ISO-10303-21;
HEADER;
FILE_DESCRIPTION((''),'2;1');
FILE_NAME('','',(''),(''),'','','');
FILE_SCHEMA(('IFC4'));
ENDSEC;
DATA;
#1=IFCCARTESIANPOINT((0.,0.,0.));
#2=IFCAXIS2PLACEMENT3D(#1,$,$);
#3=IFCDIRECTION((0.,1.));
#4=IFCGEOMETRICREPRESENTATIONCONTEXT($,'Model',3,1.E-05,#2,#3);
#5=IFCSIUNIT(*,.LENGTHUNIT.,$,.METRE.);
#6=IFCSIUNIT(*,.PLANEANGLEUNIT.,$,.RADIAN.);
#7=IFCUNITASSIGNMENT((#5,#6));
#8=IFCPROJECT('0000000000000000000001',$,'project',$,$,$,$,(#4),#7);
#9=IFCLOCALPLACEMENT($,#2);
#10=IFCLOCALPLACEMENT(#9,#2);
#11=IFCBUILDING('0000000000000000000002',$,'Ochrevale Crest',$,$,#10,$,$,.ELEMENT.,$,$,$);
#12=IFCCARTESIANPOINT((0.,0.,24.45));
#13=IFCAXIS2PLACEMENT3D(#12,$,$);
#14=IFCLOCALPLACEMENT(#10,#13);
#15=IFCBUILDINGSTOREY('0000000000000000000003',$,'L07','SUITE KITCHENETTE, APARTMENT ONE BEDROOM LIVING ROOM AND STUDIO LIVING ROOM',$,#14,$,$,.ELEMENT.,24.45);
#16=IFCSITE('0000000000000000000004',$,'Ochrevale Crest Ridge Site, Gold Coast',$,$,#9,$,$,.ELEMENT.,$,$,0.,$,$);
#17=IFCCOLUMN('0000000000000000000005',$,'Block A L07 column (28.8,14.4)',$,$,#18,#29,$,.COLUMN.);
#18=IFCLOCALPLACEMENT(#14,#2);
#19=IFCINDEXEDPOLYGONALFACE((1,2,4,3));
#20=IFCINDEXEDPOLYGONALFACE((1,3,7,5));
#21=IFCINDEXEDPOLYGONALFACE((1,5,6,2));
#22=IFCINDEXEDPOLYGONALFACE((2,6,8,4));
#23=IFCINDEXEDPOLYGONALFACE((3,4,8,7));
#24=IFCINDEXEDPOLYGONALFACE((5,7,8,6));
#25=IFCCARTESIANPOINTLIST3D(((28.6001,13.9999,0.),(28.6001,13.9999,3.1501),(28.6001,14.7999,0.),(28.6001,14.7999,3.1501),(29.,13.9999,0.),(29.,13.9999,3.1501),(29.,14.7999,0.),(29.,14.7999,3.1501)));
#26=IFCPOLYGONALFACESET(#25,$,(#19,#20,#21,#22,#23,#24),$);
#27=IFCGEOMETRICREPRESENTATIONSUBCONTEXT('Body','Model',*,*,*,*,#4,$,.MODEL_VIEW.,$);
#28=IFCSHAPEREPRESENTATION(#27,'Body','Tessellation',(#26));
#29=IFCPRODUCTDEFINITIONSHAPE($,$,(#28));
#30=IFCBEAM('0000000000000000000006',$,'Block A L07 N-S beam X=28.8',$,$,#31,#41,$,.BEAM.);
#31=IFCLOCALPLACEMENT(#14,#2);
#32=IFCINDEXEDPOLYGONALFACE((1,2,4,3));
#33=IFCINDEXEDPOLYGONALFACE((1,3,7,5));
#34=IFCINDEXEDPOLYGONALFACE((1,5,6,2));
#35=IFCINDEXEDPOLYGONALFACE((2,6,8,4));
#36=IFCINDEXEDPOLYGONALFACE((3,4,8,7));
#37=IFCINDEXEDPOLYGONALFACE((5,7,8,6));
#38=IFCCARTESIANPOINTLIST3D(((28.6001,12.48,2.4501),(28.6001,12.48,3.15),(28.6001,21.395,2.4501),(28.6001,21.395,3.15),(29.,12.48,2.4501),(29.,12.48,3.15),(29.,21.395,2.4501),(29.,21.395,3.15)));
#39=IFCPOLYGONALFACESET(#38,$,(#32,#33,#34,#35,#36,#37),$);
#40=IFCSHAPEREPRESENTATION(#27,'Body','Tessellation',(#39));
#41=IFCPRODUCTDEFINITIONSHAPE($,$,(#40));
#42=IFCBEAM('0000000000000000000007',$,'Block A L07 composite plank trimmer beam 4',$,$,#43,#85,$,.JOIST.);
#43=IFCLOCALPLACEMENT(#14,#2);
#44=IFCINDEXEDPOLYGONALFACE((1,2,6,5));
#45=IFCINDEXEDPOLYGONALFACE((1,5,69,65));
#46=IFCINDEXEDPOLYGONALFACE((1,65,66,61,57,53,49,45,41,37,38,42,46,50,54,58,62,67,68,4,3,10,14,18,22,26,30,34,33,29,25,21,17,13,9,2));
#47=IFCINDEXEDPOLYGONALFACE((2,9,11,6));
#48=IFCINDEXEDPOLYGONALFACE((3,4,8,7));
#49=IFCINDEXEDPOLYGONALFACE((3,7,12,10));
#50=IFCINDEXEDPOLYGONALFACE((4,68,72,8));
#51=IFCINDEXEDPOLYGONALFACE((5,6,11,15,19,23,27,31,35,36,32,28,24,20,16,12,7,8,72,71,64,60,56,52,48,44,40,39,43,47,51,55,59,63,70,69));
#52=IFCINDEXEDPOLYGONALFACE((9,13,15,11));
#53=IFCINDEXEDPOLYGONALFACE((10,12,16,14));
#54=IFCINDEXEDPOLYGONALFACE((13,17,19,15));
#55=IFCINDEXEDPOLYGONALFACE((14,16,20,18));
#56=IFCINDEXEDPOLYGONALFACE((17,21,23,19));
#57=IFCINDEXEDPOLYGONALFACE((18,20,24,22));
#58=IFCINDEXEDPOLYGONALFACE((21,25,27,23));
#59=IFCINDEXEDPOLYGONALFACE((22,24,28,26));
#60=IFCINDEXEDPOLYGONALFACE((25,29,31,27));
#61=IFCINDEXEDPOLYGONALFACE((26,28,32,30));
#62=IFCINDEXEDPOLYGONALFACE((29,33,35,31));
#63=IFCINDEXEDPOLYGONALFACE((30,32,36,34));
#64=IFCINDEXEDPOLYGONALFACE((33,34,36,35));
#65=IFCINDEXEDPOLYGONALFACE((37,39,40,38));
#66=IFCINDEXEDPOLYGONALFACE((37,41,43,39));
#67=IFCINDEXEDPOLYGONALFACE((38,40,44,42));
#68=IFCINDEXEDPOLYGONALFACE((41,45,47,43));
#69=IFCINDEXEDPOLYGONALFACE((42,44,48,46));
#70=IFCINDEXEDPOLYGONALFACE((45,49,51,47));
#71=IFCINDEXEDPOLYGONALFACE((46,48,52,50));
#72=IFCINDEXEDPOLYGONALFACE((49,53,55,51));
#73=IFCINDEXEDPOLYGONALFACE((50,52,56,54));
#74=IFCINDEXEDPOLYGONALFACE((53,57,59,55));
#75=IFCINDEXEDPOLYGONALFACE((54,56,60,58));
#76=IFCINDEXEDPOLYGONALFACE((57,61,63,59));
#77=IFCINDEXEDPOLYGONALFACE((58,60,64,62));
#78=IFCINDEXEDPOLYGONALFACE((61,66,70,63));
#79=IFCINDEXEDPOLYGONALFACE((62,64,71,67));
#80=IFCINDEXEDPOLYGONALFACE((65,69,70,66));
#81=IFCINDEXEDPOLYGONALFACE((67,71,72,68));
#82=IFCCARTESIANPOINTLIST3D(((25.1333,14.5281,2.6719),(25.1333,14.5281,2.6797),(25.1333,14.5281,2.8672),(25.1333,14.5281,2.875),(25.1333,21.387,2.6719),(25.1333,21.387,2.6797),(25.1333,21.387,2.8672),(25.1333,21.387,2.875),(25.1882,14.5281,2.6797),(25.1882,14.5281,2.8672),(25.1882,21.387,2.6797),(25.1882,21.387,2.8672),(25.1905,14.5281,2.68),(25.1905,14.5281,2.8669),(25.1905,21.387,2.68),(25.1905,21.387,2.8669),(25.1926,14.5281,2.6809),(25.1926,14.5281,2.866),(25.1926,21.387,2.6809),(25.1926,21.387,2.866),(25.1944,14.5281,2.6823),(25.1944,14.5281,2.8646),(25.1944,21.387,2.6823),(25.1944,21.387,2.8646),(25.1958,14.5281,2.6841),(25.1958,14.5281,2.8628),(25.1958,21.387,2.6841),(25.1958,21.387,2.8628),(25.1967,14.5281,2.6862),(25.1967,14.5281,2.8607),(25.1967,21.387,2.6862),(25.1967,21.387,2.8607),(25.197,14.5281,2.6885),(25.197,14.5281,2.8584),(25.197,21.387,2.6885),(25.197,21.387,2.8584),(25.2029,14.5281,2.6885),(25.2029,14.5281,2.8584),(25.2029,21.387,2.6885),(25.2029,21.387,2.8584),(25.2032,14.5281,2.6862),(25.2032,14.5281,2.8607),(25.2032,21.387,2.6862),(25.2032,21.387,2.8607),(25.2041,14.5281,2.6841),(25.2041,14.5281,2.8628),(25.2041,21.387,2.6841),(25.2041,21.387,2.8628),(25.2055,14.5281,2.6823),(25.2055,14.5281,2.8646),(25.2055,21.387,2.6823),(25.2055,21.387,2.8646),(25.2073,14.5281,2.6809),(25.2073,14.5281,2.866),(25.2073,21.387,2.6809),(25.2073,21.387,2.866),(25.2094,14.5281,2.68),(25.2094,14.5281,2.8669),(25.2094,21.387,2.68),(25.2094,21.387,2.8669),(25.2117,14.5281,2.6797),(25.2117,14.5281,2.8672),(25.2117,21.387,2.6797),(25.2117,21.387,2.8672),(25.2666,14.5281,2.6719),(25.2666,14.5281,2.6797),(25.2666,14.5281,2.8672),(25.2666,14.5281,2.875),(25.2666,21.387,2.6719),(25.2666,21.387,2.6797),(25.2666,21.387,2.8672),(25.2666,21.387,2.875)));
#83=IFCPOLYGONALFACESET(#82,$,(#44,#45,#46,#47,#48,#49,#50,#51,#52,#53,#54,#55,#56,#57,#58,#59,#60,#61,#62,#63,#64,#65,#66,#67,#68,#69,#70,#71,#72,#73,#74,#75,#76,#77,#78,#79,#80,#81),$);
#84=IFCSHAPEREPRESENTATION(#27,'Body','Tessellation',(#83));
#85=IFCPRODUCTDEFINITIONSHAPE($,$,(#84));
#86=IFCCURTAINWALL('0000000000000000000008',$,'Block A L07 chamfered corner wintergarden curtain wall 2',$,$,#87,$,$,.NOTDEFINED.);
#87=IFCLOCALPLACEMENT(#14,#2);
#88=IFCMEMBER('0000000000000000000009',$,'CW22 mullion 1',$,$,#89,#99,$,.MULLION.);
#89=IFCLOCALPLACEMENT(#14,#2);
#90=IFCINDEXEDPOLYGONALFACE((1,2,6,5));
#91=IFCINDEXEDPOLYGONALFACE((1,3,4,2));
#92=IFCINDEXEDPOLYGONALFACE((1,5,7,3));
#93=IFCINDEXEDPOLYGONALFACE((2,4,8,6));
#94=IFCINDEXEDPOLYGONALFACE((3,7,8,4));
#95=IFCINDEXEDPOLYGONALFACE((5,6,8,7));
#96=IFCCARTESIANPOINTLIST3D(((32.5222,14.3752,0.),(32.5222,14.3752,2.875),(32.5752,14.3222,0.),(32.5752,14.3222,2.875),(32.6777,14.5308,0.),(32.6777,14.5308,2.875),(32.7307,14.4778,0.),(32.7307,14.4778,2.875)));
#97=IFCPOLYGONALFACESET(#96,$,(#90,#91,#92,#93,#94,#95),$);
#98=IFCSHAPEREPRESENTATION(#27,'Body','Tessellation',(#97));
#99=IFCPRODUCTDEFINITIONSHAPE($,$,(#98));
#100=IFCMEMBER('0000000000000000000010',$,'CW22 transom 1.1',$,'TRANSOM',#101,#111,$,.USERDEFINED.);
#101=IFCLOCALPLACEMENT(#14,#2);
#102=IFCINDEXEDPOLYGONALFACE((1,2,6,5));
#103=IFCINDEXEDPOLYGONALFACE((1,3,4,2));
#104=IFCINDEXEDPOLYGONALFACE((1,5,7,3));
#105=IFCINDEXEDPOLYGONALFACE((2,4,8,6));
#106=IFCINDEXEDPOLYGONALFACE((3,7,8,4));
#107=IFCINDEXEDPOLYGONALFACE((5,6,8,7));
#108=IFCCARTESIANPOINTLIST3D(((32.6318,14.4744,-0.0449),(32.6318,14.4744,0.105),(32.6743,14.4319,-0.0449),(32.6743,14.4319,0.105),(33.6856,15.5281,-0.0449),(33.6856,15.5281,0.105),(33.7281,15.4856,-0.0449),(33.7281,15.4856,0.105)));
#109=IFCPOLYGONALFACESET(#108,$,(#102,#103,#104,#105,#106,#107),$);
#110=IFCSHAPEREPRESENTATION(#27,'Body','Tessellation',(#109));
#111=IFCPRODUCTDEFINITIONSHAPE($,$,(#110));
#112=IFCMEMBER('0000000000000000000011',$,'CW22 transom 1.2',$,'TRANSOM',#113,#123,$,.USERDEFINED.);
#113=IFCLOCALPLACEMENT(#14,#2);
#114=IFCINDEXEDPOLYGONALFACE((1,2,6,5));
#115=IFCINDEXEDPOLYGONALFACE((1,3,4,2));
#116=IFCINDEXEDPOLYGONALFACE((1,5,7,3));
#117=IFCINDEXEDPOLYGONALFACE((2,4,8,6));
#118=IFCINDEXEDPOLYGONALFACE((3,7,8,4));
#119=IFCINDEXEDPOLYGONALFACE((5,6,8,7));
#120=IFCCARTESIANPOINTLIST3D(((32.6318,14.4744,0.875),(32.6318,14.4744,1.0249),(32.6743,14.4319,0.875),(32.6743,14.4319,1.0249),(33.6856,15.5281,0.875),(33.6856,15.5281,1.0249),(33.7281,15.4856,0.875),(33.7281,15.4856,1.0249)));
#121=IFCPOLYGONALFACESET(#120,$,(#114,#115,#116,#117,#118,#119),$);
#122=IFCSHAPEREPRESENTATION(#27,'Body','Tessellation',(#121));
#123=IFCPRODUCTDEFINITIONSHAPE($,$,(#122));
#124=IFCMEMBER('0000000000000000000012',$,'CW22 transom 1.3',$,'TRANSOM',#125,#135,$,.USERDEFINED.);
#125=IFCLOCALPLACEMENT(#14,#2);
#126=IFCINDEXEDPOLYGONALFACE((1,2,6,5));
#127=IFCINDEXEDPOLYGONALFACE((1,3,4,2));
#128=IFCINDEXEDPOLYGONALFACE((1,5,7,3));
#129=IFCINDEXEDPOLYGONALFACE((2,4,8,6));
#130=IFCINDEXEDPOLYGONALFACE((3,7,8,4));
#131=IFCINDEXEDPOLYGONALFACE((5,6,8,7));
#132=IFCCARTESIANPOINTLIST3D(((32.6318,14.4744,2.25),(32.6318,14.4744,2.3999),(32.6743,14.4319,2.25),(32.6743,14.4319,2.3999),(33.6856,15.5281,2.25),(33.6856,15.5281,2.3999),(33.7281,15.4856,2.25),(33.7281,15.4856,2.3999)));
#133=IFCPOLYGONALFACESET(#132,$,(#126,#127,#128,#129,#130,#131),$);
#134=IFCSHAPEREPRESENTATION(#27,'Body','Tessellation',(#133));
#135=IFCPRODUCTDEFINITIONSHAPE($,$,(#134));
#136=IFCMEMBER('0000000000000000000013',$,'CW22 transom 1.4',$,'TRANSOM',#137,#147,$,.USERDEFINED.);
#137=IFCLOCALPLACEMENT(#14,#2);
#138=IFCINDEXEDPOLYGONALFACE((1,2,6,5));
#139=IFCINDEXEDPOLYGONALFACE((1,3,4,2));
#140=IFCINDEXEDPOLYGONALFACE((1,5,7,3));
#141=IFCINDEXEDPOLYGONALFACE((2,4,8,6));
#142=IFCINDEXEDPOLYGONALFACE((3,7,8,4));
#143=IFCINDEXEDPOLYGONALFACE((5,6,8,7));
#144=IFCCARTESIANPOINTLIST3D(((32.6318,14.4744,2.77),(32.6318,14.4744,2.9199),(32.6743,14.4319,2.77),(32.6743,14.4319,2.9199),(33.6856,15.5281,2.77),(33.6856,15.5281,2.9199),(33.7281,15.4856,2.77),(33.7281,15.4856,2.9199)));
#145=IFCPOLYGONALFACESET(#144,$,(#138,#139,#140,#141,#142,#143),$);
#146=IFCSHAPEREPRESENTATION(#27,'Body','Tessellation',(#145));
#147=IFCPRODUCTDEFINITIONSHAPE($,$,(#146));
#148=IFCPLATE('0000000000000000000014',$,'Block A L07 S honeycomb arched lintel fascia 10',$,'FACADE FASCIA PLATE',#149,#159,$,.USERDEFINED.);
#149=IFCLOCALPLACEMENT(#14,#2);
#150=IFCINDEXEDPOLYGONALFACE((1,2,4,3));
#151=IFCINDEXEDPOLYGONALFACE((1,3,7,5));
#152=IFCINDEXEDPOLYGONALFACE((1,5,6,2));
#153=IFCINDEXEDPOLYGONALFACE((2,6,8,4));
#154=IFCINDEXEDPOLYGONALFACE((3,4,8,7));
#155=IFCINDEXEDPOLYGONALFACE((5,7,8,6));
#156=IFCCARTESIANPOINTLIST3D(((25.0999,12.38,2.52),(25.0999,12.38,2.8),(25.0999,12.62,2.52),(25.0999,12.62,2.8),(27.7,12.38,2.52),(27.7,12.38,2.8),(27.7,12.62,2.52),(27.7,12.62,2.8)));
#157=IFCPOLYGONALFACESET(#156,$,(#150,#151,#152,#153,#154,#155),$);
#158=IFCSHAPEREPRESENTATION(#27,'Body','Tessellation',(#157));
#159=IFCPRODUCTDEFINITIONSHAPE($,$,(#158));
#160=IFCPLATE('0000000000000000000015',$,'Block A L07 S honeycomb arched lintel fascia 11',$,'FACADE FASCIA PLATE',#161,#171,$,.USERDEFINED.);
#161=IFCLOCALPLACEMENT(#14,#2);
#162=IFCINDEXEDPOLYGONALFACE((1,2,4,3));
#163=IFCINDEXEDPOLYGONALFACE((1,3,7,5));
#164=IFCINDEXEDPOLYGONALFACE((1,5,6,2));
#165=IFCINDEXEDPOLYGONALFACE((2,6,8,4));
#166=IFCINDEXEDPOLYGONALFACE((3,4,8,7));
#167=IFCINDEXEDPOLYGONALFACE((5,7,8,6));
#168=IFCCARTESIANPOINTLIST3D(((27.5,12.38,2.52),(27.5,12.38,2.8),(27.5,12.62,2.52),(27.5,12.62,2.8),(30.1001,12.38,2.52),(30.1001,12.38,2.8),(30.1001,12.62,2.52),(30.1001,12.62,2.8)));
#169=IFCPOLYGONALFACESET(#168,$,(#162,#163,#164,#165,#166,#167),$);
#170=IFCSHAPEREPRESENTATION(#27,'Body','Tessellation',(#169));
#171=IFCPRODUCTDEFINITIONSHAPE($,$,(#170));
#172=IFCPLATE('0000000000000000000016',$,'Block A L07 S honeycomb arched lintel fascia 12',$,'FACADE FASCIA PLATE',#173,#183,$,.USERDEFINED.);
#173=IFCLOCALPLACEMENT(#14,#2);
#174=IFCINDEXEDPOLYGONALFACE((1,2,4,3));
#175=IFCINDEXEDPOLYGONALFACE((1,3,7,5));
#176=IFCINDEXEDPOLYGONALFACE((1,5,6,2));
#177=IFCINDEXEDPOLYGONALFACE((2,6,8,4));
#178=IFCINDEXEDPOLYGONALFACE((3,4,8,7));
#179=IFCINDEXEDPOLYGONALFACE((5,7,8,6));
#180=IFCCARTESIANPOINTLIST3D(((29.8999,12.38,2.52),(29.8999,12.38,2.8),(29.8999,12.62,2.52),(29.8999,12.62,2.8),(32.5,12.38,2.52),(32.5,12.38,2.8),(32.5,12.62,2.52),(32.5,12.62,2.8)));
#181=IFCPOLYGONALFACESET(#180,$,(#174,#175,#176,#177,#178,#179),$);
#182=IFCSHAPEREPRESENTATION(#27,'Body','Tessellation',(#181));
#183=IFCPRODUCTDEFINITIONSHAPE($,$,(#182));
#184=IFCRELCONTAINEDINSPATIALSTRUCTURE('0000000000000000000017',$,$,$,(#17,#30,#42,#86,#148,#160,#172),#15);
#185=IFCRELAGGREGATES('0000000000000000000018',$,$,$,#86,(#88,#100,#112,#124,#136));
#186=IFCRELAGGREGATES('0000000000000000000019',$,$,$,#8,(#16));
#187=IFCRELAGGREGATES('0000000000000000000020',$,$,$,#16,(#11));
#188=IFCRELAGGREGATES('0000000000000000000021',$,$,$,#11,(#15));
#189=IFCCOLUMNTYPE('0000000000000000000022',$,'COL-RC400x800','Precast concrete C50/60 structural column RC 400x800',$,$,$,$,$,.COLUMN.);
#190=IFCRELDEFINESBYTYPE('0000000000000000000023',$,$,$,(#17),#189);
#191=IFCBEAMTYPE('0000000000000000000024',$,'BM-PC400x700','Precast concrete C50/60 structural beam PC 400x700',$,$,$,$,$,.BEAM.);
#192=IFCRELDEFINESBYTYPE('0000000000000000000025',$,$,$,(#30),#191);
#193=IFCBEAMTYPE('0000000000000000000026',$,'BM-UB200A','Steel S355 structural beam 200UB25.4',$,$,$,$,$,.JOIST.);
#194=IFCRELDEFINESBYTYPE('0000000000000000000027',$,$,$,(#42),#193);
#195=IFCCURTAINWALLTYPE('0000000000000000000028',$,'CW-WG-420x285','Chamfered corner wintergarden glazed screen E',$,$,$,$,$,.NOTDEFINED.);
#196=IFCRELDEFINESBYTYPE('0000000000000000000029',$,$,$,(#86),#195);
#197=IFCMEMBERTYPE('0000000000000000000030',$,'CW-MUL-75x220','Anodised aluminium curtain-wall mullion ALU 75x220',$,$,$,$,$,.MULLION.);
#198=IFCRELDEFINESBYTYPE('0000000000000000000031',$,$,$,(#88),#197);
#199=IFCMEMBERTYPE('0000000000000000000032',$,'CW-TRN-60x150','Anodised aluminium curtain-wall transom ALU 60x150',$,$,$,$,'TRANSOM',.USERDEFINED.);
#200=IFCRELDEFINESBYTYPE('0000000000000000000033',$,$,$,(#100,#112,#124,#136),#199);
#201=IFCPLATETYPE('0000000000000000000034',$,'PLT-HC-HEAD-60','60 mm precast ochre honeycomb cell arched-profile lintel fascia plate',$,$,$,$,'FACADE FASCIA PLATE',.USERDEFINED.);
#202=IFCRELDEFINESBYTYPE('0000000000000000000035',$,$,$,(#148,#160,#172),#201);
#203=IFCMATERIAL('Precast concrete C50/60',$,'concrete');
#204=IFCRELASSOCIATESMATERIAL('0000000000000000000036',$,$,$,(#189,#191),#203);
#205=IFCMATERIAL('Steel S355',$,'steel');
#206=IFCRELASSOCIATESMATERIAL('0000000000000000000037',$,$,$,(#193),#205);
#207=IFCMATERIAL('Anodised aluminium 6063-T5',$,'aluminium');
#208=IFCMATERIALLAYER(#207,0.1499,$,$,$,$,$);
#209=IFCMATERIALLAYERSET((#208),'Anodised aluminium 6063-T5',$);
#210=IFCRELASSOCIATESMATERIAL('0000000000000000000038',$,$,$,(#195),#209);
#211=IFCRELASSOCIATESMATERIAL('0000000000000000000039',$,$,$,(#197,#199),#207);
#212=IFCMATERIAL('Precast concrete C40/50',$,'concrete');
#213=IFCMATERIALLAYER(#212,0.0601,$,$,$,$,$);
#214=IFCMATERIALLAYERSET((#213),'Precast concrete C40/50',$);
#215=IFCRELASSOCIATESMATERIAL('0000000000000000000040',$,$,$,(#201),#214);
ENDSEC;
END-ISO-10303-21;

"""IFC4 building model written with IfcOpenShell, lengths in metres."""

from ifc_helpers import new_model, si_unit, direction, frame, origin, origin_2d, place, context, subcontext, project, spatial, rectangle, i_section, extrude, material, layer, layer_set, material_profile, profile_set, type_object, element, aggregate, save


model = new_model("IFC4")

# Units and contexts
model_context = context("Model", 3, precision=1e-05, world=origin(), true_north=direction((0.0, 1.0)))
body_context = subcontext(model_context, "Body", "Model", "MODEL_VIEW")
ifc_project = project(units=[si_unit("LENGTHUNIT", "METRE"), si_unit("PLANEANGLEUNIT", "RADIAN")], contexts=[model_context])

# Site, building, storey
site_placement = place(None, origin())
site = spatial("IfcSite", under=ifc_project, at=site_placement, Name="Ochrevale Crest Ridge Site, Gold Coast", CompositionType="ELEMENT", RefElevation=0.0)
building_placement = place(site_placement, origin())
building = spatial("IfcBuilding", under=site, at=building_placement, Name="Ochrevale Crest", CompositionType="ELEMENT")
storey_placement = place(building_placement, frame((0.0, 0.0, 24.45)))
storey = spatial("IfcBuildingStorey", under=building, at=storey_placement, Name="L07", Description="SUITE KITCHENETTE, APARTMENT ONE BEDROOM LIVING ROOM AND STUDIO LIVING ROOM", CompositionType="ELEMENT", Elevation=24.45)

# Column
ifc_material_1 = material(Name="Precast concrete C50/60", Category="concrete")
ifc_material_profile_1 = material_profile(ifc_material_1, rectangle(XDim=0.3999, YDim=0.8, at=origin_2d()), Name="RC 400x800")
ifc_profile_set_1 = profile_set([ifc_material_profile_1], Name="Precast concrete C50/60")
column_type = type_object("IfcColumnType", Name="COL-RC400x800", Description="Precast concrete C50/60 structural column RC 400x800", PredefinedType="COLUMN", material=ifc_profile_set_1)
column_placement = place(storey_placement, frame((28.8, 14.3999, 0.0), z_axis=(0.0, 0.0, 1.0), x_axis=(1.0, 0.0, 0.0)))
element("IfcColumn", 1, at=column_placement, inside=storey, type_object=column_type, Name="Block A L07 column (28.8,14.4)", PredefinedType="COLUMN", context=body_context, shape_type="SweptSolid", body=[
    extrude(rectangle(XDim=0.3999, YDim=0.8, at=origin_2d()), origin(), (0.0, 0.0, 1.0), 3.1501),
])

# Beams
ifc_material_profile_2 = material_profile(ifc_material_1, rectangle(XDim=0.3999, YDim=0.7, at=origin_2d()), Name="PC 400x700")
ifc_profile_set_2 = profile_set([ifc_material_profile_2], Name="Precast concrete C50/60")
beam_type_1 = type_object("IfcBeamType", Name="BM-PC400x700", Description="Precast concrete C50/60 structural beam PC 400x700", PredefinedType="BEAM", material=ifc_profile_set_2)
beam_1_placement = place(storey_placement, frame((28.8, 12.48, 2.8), z_axis=(0.0, 1.0, 0.0), x_axis=(-1.0, 0.0, 0.0)))
element("IfcBeam", 2, at=beam_1_placement, inside=storey, type_object=beam_type_1, Name="Block A L07 N-S beam X=28.8", PredefinedType="BEAM", context=body_context, shape_type="SweptSolid", body=[
    extrude(rectangle(XDim=0.3999, YDim=0.7, at=origin_2d()), origin(), (0.0, 0.0, 1.0), 8.915),
])
ifc_material_2 = material(Name="Steel S355", Category="steel")
ifc_material_profile_3 = material_profile(ifc_material_2, i_section(OverallWidth=0.1333, OverallDepth=0.2031, WebThickness=0.0059, FlangeThickness=0.0078, FilletRadius=0.0088, at=origin_2d()), Name="200UB25.4")
ifc_profile_set_3 = profile_set([ifc_material_profile_3], Name="Steel S355")
beam_type_2 = type_object("IfcBeamType", Name="BM-UB200A", Description="Steel S355 structural beam 200UB25.4", PredefinedType="JOIST", material=ifc_profile_set_3)
beam_2_placement = place(storey_placement, frame((25.2, 14.5281, 2.7734), z_axis=(0.0, 1.0, 0.0), x_axis=(-1.0, 0.0, 0.0)))
element("IfcBeam", 3, at=beam_2_placement, inside=storey, type_object=beam_type_2, Name="Block A L07 composite plank trimmer beam 4", PredefinedType="JOIST", context=body_context, shape_type="SweptSolid", body=[
    extrude(i_section(OverallWidth=0.1333, OverallDepth=0.2031, WebThickness=0.0059, FlangeThickness=0.0078, FilletRadius=0.0088, at=origin_2d()), origin(), (0.0, 0.0, 1.0), 6.8589),
])

# Curtain wall, members
ifc_material_3 = material(Name="Anodised aluminium 6063-T5", Category="aluminium")
ifc_layer_1 = layer(ifc_material_3, 0.1499)
ifc_layer_set_1 = layer_set([ifc_layer_1], Name="Anodised aluminium 6063-T5")
curtain_wall_type = type_object("IfcCurtainWallType", Name="CW-WG-420x285", Description="Chamfered corner wintergarden glazed screen E", PredefinedType="NOTDEFINED", material=ifc_layer_set_1)
curtain_wall_placement = place(storey_placement, origin())
curtain_wall = element("IfcCurtainWall", 4, at=curtain_wall_placement, inside=storey, type_object=curtain_wall_type, Name="Block A L07 chamfered corner wintergarden curtain wall 2", PredefinedType="NOTDEFINED")
ifc_material_profile_4 = material_profile(ifc_material_3, rectangle(XDim=0.075, YDim=0.22, at=origin_2d()), Name="ALU 75x220")
ifc_profile_set_4 = profile_set([ifc_material_profile_4], Name="Anodised aluminium 6063-T5")
member_type_1 = type_object("IfcMemberType", Name="CW-MUL-75x220", Description="Anodised aluminium curtain-wall mullion ALU 75x220", PredefinedType="MULLION", material=ifc_profile_set_4)
member_1_placement = place(storey_placement, frame((32.6265, 14.4265, 0.0), z_axis=(0.0, 0.0, 1.0), x_axis=(-0.707107, 0.707107, 0.0)))
member_1 = element("IfcMember", 5, at=member_1_placement, type_object=member_type_1, Name="CW22 mullion 1", PredefinedType="MULLION", context=body_context, shape_type="SweptSolid", body=[
    extrude(rectangle(XDim=0.075, YDim=0.22, at=origin_2d()), origin(), (0.0, 0.0, 1.0), 2.875),
])
ifc_material_profile_5 = material_profile(ifc_material_3, rectangle(XDim=0.0601, YDim=0.1499, at=origin_2d()), Name="ALU 60x150")
ifc_profile_set_5 = profile_set([ifc_material_profile_5], Name="Anodised aluminium 6063-T5")
member_type_2 = type_object("IfcMemberType", Name="CW-TRN-60x150", Description="Anodised aluminium curtain-wall transom ALU 60x150", ElementType="TRANSOM", PredefinedType="USERDEFINED", material=ifc_profile_set_5)
member_2_placement = place(storey_placement, frame((32.6531, 14.4531, 0.03), z_axis=(0.707107, 0.707107, 0.0), x_axis=(-0.707107, 0.707107, 0.0)))
member_2 = element("IfcMember", 6, at=member_2_placement, type_object=member_type_2, Name="CW22 transom 1.1", ObjectType="TRANSOM", PredefinedType="USERDEFINED", context=body_context, shape_type="SweptSolid", body=[
    extrude(rectangle(XDim=0.0601, YDim=0.1499, at=origin_2d()), origin(), (0.0, 0.0, 1.0), 1.4902),
])
member_3_placement = place(storey_placement, frame((32.6531, 14.4531, 0.95), z_axis=(0.707107, 0.707107, 0.0), x_axis=(-0.707107, 0.707107, 0.0)))
member_3 = element("IfcMember", 7, at=member_3_placement, type_object=member_type_2, Name="CW22 transom 1.2", ObjectType="TRANSOM", PredefinedType="USERDEFINED", context=body_context, shape_type="SweptSolid", body=[
    extrude(rectangle(XDim=0.0601, YDim=0.1499, at=origin_2d()), origin(), (0.0, 0.0, 1.0), 1.4902),
])
member_4_placement = place(storey_placement, frame((32.6531, 14.4531, 2.325), z_axis=(0.707107, 0.707107, 0.0), x_axis=(-0.707107, 0.707107, 0.0)))
member_4 = element("IfcMember", 8, at=member_4_placement, type_object=member_type_2, Name="CW22 transom 1.3", ObjectType="TRANSOM", PredefinedType="USERDEFINED", context=body_context, shape_type="SweptSolid", body=[
    extrude(rectangle(XDim=0.0601, YDim=0.1499, at=origin_2d()), origin(), (0.0, 0.0, 1.0), 1.4902),
])
member_5_placement = place(storey_placement, frame((32.6531, 14.4531, 2.845), z_axis=(0.707107, 0.707107, 0.0), x_axis=(-0.707107, 0.707107, 0.0)))
member_5 = element("IfcMember", 9, at=member_5_placement, type_object=member_type_2, Name="CW22 transom 1.4", ObjectType="TRANSOM", PredefinedType="USERDEFINED", context=body_context, shape_type="SweptSolid", body=[
    extrude(rectangle(XDim=0.0601, YDim=0.1499, at=origin_2d()), origin(), (0.0, 0.0, 1.0), 1.4902),
])
aggregate(curtain_wall, [member_1, member_2, member_3, member_4, member_5])

# Plates
ifc_material_4 = material(Name="Precast concrete C40/50", Category="concrete")
ifc_layer_2 = layer(ifc_material_4, 0.0601)
ifc_layer_set_2 = layer_set([ifc_layer_2], Name="Precast concrete C40/50")
plate_type_1 = type_object("IfcPlateType", Name="PLT-HC-HEAD-60", Description="60 mm precast ochre honeycomb cell arched-profile lintel fascia plate", ElementType="FACADE FASCIA PLATE", PredefinedType="USERDEFINED", material=ifc_layer_set_2)
for number, where, z_axis, x_axis, name in (
    (10, (26.3999, 12.5, 2.52), (0.0, 0.0, 1.0), (1.0, 0.0, 0.0), "Block A L07 S honeycomb arched lintel fascia 10"),
    (11, (28.8, 12.5, 2.52), (0.0, 0.0, 1.0), (1.0, 0.0, 0.0), "Block A L07 S honeycomb arched lintel fascia 11"),
    (12, (31.2, 12.5, 2.52), (0.0, 0.0, 1.0), (1.0, 0.0, 0.0), "Block A L07 S honeycomb arched lintel fascia 12"),
):
    element("IfcPlate", number, at=place(storey_placement, frame(where, z_axis=z_axis, x_axis=x_axis)), inside=storey, type_object=plate_type_1, Name=name, ObjectType="FACADE FASCIA PLATE", PredefinedType="USERDEFINED", context=body_context, shape_type="SweptSolid", body=[
        extrude(rectangle(XDim=2.6001, YDim=0.24, at=origin_2d()), origin(), (0.0, 0.0, 1.0), 0.28),
    ])

save(model, "model.ifc")
